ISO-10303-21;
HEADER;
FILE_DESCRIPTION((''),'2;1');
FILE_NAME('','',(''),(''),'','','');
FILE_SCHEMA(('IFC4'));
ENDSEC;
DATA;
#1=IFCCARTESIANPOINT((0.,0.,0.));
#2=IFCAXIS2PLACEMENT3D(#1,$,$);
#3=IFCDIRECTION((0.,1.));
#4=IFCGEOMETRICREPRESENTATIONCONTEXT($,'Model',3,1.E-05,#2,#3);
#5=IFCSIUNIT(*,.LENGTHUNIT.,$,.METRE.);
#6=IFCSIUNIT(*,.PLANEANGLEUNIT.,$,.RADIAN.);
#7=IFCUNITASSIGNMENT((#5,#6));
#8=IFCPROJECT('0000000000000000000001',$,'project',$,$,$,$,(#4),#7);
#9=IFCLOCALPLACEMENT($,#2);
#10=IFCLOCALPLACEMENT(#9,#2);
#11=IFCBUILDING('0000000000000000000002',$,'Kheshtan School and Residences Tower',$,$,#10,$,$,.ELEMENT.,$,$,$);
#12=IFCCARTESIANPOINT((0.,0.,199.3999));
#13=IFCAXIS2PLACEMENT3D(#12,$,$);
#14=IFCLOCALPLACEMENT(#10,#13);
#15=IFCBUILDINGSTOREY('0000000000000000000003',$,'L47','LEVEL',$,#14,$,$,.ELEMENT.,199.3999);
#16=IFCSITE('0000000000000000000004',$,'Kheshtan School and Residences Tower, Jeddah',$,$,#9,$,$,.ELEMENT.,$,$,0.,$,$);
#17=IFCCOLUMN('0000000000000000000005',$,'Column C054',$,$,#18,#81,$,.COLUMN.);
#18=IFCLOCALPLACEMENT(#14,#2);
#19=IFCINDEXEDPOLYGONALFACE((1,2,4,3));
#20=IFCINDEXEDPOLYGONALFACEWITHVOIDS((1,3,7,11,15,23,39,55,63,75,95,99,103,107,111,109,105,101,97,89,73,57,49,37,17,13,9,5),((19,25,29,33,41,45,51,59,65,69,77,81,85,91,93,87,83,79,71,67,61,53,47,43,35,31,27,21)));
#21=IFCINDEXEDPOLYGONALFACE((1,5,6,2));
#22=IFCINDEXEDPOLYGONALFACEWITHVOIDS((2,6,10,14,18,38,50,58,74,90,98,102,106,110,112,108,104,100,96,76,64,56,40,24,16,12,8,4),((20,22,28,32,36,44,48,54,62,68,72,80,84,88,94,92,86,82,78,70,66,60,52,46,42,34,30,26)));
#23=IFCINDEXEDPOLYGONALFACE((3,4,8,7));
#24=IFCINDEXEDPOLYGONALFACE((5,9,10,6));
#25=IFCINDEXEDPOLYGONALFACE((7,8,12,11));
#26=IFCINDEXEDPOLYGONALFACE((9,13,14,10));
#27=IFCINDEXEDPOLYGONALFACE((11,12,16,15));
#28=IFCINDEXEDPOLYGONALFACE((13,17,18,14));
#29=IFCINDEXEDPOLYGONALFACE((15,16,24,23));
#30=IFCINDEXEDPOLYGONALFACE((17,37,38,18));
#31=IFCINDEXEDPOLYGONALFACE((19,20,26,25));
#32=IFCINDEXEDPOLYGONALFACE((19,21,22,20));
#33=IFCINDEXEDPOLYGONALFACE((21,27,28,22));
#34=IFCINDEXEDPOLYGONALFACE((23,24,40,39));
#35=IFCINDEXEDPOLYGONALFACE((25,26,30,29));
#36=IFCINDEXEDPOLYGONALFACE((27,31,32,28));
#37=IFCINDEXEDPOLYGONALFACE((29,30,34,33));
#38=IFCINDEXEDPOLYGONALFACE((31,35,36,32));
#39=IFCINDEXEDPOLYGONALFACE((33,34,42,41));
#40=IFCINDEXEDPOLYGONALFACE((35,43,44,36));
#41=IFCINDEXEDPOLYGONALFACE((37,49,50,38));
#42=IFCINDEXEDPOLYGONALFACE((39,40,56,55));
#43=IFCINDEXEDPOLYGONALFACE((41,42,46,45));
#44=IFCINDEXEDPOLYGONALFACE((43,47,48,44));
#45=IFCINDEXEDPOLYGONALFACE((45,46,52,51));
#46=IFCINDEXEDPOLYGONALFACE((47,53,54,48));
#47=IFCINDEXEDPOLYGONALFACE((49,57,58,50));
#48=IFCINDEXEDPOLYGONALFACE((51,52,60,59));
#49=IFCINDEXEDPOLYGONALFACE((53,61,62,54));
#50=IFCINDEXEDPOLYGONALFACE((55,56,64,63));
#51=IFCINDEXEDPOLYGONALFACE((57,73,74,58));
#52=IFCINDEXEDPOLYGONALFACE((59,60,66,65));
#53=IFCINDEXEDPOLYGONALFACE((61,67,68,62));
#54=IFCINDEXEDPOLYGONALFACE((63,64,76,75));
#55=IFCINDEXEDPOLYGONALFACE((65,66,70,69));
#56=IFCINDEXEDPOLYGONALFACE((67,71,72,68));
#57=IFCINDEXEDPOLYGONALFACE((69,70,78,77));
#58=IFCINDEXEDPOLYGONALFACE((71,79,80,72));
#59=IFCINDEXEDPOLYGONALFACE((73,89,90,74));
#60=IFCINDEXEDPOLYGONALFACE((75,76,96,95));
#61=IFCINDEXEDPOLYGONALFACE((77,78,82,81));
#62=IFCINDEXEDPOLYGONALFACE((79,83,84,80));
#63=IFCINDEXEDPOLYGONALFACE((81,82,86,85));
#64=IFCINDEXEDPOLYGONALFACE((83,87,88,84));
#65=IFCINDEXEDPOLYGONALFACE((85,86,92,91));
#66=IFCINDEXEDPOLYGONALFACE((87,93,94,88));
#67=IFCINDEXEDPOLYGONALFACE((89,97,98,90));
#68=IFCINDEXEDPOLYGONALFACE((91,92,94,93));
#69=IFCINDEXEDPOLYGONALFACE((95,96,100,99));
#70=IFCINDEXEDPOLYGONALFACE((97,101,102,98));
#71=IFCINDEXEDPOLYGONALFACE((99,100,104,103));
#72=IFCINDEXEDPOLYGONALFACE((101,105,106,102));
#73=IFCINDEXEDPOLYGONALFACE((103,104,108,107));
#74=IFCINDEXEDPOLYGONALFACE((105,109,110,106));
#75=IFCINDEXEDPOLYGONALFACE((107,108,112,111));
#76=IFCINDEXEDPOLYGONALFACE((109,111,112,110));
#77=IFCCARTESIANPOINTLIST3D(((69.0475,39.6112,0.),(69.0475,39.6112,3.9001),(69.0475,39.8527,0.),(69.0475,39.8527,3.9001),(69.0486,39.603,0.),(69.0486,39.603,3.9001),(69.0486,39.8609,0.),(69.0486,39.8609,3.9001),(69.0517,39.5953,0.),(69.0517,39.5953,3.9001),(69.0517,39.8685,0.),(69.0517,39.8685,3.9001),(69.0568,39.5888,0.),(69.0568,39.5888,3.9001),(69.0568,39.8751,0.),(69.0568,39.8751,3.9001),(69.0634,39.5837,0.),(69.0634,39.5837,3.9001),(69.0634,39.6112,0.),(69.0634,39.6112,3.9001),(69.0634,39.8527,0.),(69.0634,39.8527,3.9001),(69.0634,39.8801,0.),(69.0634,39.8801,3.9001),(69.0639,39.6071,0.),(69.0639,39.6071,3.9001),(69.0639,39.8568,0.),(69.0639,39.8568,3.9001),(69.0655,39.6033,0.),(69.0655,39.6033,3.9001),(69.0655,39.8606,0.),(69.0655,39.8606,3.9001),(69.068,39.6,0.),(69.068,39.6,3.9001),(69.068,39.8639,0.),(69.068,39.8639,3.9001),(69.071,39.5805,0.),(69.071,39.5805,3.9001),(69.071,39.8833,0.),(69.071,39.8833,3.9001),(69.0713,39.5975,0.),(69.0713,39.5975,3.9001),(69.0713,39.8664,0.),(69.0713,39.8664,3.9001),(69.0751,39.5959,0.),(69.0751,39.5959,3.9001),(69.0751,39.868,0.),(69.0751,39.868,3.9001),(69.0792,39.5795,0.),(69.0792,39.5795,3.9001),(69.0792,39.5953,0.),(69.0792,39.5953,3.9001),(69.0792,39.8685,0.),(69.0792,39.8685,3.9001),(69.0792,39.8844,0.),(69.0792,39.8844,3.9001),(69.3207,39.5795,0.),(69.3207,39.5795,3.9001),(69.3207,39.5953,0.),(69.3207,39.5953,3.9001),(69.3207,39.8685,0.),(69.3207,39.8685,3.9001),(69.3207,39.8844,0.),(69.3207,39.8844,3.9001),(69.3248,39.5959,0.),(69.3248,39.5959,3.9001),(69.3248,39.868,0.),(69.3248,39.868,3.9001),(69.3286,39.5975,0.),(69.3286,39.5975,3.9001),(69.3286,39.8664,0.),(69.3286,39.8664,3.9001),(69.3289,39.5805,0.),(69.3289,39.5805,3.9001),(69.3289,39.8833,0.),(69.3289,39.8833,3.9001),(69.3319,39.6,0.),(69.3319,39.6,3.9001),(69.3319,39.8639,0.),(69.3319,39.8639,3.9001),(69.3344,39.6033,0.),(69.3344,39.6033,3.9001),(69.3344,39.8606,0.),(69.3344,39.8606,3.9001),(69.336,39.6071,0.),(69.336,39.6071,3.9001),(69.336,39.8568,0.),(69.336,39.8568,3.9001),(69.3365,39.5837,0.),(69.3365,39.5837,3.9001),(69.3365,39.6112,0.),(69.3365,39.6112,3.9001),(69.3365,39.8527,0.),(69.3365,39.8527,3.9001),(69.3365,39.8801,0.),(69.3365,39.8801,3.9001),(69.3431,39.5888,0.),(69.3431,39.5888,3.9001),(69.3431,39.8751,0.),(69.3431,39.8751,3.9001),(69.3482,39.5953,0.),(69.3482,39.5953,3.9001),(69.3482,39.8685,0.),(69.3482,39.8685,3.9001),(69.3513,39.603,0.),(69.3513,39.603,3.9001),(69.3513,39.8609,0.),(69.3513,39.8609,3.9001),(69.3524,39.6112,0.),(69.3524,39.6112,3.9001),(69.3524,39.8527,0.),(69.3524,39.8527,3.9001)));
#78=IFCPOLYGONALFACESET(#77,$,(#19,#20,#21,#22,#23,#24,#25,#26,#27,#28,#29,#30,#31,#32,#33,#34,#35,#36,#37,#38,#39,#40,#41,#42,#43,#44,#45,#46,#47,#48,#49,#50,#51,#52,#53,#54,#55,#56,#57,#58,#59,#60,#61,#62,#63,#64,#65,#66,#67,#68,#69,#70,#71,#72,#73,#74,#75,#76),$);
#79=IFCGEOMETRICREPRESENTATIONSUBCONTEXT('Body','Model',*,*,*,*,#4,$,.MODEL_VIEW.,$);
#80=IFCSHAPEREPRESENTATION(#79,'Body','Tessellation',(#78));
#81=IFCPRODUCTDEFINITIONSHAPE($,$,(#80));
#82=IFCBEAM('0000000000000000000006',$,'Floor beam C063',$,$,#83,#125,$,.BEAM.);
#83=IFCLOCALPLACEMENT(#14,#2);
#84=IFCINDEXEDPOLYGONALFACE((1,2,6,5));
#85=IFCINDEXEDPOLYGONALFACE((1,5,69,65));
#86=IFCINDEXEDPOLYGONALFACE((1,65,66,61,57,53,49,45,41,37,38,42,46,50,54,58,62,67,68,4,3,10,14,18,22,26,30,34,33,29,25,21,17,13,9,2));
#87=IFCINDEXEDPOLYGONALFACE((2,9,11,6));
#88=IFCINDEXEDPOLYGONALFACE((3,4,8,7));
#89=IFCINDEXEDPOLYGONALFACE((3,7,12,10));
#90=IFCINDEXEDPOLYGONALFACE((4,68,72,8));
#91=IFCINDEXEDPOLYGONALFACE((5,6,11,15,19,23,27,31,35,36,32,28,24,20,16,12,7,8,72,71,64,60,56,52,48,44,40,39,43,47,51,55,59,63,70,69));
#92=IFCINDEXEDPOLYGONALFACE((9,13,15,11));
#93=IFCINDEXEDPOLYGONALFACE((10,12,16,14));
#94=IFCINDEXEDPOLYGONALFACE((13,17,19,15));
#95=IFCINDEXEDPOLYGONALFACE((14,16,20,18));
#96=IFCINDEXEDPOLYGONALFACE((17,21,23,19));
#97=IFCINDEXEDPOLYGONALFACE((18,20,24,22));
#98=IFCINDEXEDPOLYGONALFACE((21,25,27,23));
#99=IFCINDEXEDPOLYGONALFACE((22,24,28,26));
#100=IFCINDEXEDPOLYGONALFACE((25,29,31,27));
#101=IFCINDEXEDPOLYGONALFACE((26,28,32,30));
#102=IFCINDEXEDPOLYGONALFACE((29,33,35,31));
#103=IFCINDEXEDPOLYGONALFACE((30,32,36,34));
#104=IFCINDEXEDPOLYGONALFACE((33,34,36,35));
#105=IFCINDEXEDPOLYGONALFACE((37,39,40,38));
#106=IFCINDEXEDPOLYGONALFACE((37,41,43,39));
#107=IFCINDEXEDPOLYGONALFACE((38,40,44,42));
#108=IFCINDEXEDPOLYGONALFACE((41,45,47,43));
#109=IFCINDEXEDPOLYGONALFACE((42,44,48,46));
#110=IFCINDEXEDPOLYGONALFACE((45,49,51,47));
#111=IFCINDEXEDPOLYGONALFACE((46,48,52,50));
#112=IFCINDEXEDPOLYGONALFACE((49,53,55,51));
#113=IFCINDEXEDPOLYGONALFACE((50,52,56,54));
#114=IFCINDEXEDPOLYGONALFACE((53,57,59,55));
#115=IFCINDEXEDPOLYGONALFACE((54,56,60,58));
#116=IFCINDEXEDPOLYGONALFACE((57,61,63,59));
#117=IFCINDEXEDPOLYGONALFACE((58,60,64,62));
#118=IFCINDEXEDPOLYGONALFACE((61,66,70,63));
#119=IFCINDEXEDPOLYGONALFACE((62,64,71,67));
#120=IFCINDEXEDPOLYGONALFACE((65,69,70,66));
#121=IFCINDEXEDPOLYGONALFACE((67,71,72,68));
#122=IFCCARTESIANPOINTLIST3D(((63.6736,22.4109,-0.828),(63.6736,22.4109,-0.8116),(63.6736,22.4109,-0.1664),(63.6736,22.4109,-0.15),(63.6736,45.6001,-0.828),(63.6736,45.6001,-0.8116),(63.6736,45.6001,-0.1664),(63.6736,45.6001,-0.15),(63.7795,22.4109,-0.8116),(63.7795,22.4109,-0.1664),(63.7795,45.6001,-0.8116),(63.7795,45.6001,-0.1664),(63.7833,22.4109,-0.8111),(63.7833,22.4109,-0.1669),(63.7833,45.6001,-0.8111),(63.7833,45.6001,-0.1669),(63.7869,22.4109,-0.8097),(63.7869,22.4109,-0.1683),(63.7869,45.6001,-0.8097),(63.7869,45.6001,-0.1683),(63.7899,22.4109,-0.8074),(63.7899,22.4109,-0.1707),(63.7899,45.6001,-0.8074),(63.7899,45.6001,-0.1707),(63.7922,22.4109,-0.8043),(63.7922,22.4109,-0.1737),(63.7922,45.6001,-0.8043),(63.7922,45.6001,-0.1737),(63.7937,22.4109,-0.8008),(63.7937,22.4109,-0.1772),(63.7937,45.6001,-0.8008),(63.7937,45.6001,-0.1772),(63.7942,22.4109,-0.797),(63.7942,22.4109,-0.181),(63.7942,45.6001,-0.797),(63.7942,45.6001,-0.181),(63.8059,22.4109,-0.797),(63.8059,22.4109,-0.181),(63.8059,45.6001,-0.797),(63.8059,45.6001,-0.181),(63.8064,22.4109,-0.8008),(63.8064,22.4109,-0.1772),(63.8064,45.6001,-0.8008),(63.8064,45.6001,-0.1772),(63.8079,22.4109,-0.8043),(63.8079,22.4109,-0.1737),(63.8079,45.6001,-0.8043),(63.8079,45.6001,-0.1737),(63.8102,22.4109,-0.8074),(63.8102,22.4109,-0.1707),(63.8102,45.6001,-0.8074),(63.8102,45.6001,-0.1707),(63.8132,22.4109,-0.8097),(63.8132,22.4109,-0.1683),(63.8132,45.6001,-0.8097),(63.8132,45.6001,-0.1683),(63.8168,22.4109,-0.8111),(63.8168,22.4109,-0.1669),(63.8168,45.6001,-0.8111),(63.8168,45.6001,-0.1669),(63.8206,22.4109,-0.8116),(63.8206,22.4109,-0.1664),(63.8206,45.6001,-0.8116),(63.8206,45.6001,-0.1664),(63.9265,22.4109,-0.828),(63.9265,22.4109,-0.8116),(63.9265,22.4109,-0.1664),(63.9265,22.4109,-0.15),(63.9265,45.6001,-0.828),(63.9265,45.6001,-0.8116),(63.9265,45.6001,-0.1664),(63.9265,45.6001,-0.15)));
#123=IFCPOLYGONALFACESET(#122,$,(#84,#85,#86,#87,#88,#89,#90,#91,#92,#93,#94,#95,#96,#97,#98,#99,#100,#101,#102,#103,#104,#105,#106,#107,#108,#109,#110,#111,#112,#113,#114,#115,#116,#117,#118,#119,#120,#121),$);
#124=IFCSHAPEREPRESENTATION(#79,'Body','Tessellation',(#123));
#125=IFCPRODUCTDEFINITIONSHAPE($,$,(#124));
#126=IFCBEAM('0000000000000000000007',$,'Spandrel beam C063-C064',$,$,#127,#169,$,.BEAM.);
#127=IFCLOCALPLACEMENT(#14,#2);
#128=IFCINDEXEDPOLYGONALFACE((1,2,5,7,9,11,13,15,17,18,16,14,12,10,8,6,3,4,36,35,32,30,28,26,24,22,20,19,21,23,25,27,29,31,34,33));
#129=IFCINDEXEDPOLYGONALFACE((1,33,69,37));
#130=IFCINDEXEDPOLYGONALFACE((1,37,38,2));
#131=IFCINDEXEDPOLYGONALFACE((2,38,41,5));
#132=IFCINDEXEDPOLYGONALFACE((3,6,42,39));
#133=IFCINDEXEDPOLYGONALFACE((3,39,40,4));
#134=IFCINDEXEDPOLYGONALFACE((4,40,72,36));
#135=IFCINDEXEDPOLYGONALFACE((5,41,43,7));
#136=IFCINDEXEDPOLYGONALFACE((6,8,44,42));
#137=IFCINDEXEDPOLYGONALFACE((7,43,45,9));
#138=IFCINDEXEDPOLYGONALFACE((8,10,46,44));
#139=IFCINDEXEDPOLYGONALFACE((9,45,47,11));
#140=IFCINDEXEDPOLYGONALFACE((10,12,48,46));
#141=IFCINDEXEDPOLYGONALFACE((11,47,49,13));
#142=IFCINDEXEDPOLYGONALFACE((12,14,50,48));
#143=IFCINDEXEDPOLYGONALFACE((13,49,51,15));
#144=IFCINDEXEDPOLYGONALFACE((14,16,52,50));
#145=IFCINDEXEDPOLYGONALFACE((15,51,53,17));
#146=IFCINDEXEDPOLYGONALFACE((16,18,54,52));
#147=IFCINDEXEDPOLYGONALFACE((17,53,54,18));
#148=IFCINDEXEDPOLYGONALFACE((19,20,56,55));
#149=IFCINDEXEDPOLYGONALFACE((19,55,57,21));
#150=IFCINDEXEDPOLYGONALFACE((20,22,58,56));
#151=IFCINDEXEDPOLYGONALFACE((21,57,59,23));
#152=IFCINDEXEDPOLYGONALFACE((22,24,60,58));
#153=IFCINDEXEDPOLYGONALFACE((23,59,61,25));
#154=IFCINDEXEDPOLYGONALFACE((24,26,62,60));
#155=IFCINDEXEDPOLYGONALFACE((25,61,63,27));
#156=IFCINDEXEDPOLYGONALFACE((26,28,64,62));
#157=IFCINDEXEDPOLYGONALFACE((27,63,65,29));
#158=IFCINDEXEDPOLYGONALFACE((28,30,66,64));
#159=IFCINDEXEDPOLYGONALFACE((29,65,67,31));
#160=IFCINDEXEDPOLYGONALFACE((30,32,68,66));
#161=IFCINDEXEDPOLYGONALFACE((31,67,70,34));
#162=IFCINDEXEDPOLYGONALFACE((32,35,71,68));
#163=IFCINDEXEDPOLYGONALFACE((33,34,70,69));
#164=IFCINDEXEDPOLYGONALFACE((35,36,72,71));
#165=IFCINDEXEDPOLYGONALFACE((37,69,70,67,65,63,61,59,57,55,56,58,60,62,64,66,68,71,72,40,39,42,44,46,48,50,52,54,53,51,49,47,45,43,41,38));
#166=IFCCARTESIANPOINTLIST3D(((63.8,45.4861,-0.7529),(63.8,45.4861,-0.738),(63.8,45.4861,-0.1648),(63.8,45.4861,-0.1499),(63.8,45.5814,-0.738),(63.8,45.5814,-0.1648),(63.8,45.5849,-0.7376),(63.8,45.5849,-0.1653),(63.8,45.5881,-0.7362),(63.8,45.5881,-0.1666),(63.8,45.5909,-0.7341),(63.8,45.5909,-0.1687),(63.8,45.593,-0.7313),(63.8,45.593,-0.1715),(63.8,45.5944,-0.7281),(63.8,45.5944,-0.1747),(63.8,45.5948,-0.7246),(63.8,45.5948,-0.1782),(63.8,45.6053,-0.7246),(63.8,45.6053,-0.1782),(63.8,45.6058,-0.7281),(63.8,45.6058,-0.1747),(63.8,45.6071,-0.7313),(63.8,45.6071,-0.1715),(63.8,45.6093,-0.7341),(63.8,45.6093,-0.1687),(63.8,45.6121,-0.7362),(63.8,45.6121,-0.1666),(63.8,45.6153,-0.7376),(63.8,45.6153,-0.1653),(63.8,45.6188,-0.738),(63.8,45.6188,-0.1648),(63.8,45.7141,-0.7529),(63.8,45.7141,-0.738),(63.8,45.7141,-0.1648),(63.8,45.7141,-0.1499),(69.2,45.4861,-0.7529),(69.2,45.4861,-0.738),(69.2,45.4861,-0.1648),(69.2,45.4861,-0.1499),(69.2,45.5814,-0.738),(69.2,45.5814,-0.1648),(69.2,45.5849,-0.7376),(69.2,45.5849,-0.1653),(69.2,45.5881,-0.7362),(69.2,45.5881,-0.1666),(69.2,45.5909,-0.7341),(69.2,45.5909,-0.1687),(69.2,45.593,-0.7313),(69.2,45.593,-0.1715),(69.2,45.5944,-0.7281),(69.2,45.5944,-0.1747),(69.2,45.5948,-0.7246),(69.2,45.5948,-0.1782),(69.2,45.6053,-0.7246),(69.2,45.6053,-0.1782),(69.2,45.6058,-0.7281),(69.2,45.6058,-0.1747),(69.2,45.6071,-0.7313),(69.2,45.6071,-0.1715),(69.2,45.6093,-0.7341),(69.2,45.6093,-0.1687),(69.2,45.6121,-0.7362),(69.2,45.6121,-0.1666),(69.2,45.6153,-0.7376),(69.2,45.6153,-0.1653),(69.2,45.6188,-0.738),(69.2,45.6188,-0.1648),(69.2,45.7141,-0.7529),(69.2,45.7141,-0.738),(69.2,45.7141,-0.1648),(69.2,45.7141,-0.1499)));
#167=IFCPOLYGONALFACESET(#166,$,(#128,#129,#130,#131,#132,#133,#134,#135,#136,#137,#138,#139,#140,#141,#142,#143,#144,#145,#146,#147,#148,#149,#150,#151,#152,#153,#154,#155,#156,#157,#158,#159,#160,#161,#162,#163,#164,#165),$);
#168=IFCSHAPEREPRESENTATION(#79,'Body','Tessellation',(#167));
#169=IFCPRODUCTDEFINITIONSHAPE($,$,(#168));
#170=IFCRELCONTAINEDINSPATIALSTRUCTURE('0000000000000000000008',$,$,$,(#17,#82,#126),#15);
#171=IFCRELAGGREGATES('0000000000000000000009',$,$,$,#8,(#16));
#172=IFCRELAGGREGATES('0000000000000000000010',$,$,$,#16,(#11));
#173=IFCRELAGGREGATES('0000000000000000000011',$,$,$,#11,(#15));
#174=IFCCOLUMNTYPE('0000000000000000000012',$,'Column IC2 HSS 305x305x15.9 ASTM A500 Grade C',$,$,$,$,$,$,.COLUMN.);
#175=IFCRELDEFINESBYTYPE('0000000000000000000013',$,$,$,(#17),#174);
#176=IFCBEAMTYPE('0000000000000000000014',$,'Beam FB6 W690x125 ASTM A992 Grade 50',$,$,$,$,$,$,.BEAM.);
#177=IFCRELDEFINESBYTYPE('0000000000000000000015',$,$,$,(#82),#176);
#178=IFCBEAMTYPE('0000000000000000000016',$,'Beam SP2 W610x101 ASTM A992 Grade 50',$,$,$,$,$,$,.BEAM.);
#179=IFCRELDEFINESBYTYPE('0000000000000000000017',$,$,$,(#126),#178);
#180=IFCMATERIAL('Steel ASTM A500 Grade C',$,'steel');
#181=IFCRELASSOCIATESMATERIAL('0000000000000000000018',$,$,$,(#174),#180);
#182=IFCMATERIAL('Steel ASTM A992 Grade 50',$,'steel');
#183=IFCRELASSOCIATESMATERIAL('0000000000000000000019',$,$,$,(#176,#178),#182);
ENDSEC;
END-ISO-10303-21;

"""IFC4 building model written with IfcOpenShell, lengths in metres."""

from ifc_helpers import new_model, si_unit, direction, frame, origin, origin_2d, place, context, subcontext, project, spatial, hollow_rectangle, i_section, extrude, material, material_profile, profile_set, type_object, element, save


model = new_model("IFC4")

# Units and contexts
model_context = context("Model", 3, precision=1e-05, world=origin(), true_north=direction((0.0, 1.0)))
body_context = subcontext(model_context, "Body", "Model", "MODEL_VIEW")
ifc_project = project(units=[si_unit("LENGTHUNIT", "METRE"), si_unit("PLANEANGLEUNIT", "RADIAN")], contexts=[model_context])

# Site, building, storey
site_placement = place(None, origin())
site = spatial("IfcSite", under=ifc_project, at=site_placement, Name="Kheshtan School and Residences Tower, Jeddah", CompositionType="ELEMENT", RefElevation=0.0)
building_placement = place(site_placement, origin())
building = spatial("IfcBuilding", under=site, at=building_placement, Name="Kheshtan School and Residences Tower", CompositionType="ELEMENT")
storey_placement = place(building_placement, frame((0.0, 0.0, 199.3999)))
storey = spatial("IfcBuildingStorey", under=building, at=storey_placement, Name="L47", Description="LEVEL", CompositionType="ELEMENT", Elevation=199.3999)

# Column
ifc_material_1 = material(Name="Steel ASTM A992 Grade 50", Category="steel")
ifc_material_2 = material(Name="Steel ASTM A500 Grade C", Category="steel")
ifc_material_profile_1 = material_profile(ifc_material_2, hollow_rectangle(XDim=0.3049, YDim=0.3049, WallThickness=0.0159, InnerFilletRadius=0.0159, OuterFilletRadius=0.0317, at=origin_2d()), Name="HSS 305x305x15.9")
ifc_profile_set_1 = profile_set([ifc_material_profile_1], Name="Steel ASTM A500 Grade C")
column_type_1 = type_object("IfcColumnType", Name="Column IC2 HSS 305x305x15.9 ASTM A500 Grade C", PredefinedType="COLUMN", material=ifc_profile_set_1)
column_placement = place(storey_placement, frame((69.2, 39.7319, 0.0), z_axis=(0.0, 0.0, 1.0), x_axis=(1.0, 0.0, 0.0)))
element("IfcColumn", 1, at=column_placement, inside=storey, type_object=column_type_1, Name="Column C054", PredefinedType="COLUMN", context=body_context, shape_type="SweptSolid", body=[
    extrude(hollow_rectangle(XDim=0.3049, YDim=0.3049, WallThickness=0.0159, InnerFilletRadius=0.0159, OuterFilletRadius=0.0317, at=origin_2d()), origin(), (0.0, 0.0, 1.0), 3.9001),
])

# Beams
ifc_material_profile_2 = material_profile(ifc_material_1, i_section(OverallWidth=0.2529, OverallDepth=0.678, WebThickness=0.0117, FlangeThickness=0.0164, FilletRadius=0.0146, at=origin_2d()), Name="W690x125")
ifc_profile_set_2 = profile_set([ifc_material_profile_2], Name="Steel ASTM A992 Grade 50")
beam_type_1 = type_object("IfcBeamType", Name="Beam FB6 W690x125 ASTM A992 Grade 50", PredefinedType="BEAM", material=ifc_profile_set_2)
beam_1_placement = place(storey_placement, frame((63.8, 45.6001, -0.489), z_axis=(0.0, -1.0, 0.0), x_axis=(1.0, 0.0, 0.0)))
element("IfcBeam", 2, at=beam_1_placement, inside=storey, type_object=beam_type_1, Name="Floor beam C063", PredefinedType="BEAM", context=body_context, shape_type="SweptSolid", body=[
    extrude(i_section(OverallWidth=0.2529, OverallDepth=0.678, WebThickness=0.0117, FlangeThickness=0.0164, FilletRadius=0.0146, at=origin_2d()), origin(), (0.0, 0.0, 1.0), 23.1892),
])
ifc_material_profile_3 = material_profile(ifc_material_1, i_section(OverallWidth=0.228, OverallDepth=0.603, WebThickness=0.0105, FlangeThickness=0.0149, FilletRadius=0.0134, at=origin_2d()), Name="W610x101")
ifc_profile_set_3 = profile_set([ifc_material_profile_3], Name="Steel ASTM A992 Grade 50")
beam_type_2 = type_object("IfcBeamType", Name="Beam SP2 W610x101 ASTM A992 Grade 50", PredefinedType="BEAM", material=ifc_profile_set_3)
beam_2_placement = place(storey_placement, frame((63.8, 45.6001, -0.4514), z_axis=(1.0, 0.0, 0.0), x_axis=(0.0, 1.0, 0.0)))
element("IfcBeam", 3, at=beam_2_placement, inside=storey, type_object=beam_type_2, Name="Spandrel beam C063-C064", PredefinedType="BEAM", context=body_context, shape_type="SweptSolid", body=[
    extrude(i_section(OverallWidth=0.228, OverallDepth=0.603, WebThickness=0.0105, FlangeThickness=0.0149, FilletRadius=0.0134, at=origin_2d()), origin(), (0.0, 0.0, 1.0), 5.3999),
])

save(model, "model.ifc")
